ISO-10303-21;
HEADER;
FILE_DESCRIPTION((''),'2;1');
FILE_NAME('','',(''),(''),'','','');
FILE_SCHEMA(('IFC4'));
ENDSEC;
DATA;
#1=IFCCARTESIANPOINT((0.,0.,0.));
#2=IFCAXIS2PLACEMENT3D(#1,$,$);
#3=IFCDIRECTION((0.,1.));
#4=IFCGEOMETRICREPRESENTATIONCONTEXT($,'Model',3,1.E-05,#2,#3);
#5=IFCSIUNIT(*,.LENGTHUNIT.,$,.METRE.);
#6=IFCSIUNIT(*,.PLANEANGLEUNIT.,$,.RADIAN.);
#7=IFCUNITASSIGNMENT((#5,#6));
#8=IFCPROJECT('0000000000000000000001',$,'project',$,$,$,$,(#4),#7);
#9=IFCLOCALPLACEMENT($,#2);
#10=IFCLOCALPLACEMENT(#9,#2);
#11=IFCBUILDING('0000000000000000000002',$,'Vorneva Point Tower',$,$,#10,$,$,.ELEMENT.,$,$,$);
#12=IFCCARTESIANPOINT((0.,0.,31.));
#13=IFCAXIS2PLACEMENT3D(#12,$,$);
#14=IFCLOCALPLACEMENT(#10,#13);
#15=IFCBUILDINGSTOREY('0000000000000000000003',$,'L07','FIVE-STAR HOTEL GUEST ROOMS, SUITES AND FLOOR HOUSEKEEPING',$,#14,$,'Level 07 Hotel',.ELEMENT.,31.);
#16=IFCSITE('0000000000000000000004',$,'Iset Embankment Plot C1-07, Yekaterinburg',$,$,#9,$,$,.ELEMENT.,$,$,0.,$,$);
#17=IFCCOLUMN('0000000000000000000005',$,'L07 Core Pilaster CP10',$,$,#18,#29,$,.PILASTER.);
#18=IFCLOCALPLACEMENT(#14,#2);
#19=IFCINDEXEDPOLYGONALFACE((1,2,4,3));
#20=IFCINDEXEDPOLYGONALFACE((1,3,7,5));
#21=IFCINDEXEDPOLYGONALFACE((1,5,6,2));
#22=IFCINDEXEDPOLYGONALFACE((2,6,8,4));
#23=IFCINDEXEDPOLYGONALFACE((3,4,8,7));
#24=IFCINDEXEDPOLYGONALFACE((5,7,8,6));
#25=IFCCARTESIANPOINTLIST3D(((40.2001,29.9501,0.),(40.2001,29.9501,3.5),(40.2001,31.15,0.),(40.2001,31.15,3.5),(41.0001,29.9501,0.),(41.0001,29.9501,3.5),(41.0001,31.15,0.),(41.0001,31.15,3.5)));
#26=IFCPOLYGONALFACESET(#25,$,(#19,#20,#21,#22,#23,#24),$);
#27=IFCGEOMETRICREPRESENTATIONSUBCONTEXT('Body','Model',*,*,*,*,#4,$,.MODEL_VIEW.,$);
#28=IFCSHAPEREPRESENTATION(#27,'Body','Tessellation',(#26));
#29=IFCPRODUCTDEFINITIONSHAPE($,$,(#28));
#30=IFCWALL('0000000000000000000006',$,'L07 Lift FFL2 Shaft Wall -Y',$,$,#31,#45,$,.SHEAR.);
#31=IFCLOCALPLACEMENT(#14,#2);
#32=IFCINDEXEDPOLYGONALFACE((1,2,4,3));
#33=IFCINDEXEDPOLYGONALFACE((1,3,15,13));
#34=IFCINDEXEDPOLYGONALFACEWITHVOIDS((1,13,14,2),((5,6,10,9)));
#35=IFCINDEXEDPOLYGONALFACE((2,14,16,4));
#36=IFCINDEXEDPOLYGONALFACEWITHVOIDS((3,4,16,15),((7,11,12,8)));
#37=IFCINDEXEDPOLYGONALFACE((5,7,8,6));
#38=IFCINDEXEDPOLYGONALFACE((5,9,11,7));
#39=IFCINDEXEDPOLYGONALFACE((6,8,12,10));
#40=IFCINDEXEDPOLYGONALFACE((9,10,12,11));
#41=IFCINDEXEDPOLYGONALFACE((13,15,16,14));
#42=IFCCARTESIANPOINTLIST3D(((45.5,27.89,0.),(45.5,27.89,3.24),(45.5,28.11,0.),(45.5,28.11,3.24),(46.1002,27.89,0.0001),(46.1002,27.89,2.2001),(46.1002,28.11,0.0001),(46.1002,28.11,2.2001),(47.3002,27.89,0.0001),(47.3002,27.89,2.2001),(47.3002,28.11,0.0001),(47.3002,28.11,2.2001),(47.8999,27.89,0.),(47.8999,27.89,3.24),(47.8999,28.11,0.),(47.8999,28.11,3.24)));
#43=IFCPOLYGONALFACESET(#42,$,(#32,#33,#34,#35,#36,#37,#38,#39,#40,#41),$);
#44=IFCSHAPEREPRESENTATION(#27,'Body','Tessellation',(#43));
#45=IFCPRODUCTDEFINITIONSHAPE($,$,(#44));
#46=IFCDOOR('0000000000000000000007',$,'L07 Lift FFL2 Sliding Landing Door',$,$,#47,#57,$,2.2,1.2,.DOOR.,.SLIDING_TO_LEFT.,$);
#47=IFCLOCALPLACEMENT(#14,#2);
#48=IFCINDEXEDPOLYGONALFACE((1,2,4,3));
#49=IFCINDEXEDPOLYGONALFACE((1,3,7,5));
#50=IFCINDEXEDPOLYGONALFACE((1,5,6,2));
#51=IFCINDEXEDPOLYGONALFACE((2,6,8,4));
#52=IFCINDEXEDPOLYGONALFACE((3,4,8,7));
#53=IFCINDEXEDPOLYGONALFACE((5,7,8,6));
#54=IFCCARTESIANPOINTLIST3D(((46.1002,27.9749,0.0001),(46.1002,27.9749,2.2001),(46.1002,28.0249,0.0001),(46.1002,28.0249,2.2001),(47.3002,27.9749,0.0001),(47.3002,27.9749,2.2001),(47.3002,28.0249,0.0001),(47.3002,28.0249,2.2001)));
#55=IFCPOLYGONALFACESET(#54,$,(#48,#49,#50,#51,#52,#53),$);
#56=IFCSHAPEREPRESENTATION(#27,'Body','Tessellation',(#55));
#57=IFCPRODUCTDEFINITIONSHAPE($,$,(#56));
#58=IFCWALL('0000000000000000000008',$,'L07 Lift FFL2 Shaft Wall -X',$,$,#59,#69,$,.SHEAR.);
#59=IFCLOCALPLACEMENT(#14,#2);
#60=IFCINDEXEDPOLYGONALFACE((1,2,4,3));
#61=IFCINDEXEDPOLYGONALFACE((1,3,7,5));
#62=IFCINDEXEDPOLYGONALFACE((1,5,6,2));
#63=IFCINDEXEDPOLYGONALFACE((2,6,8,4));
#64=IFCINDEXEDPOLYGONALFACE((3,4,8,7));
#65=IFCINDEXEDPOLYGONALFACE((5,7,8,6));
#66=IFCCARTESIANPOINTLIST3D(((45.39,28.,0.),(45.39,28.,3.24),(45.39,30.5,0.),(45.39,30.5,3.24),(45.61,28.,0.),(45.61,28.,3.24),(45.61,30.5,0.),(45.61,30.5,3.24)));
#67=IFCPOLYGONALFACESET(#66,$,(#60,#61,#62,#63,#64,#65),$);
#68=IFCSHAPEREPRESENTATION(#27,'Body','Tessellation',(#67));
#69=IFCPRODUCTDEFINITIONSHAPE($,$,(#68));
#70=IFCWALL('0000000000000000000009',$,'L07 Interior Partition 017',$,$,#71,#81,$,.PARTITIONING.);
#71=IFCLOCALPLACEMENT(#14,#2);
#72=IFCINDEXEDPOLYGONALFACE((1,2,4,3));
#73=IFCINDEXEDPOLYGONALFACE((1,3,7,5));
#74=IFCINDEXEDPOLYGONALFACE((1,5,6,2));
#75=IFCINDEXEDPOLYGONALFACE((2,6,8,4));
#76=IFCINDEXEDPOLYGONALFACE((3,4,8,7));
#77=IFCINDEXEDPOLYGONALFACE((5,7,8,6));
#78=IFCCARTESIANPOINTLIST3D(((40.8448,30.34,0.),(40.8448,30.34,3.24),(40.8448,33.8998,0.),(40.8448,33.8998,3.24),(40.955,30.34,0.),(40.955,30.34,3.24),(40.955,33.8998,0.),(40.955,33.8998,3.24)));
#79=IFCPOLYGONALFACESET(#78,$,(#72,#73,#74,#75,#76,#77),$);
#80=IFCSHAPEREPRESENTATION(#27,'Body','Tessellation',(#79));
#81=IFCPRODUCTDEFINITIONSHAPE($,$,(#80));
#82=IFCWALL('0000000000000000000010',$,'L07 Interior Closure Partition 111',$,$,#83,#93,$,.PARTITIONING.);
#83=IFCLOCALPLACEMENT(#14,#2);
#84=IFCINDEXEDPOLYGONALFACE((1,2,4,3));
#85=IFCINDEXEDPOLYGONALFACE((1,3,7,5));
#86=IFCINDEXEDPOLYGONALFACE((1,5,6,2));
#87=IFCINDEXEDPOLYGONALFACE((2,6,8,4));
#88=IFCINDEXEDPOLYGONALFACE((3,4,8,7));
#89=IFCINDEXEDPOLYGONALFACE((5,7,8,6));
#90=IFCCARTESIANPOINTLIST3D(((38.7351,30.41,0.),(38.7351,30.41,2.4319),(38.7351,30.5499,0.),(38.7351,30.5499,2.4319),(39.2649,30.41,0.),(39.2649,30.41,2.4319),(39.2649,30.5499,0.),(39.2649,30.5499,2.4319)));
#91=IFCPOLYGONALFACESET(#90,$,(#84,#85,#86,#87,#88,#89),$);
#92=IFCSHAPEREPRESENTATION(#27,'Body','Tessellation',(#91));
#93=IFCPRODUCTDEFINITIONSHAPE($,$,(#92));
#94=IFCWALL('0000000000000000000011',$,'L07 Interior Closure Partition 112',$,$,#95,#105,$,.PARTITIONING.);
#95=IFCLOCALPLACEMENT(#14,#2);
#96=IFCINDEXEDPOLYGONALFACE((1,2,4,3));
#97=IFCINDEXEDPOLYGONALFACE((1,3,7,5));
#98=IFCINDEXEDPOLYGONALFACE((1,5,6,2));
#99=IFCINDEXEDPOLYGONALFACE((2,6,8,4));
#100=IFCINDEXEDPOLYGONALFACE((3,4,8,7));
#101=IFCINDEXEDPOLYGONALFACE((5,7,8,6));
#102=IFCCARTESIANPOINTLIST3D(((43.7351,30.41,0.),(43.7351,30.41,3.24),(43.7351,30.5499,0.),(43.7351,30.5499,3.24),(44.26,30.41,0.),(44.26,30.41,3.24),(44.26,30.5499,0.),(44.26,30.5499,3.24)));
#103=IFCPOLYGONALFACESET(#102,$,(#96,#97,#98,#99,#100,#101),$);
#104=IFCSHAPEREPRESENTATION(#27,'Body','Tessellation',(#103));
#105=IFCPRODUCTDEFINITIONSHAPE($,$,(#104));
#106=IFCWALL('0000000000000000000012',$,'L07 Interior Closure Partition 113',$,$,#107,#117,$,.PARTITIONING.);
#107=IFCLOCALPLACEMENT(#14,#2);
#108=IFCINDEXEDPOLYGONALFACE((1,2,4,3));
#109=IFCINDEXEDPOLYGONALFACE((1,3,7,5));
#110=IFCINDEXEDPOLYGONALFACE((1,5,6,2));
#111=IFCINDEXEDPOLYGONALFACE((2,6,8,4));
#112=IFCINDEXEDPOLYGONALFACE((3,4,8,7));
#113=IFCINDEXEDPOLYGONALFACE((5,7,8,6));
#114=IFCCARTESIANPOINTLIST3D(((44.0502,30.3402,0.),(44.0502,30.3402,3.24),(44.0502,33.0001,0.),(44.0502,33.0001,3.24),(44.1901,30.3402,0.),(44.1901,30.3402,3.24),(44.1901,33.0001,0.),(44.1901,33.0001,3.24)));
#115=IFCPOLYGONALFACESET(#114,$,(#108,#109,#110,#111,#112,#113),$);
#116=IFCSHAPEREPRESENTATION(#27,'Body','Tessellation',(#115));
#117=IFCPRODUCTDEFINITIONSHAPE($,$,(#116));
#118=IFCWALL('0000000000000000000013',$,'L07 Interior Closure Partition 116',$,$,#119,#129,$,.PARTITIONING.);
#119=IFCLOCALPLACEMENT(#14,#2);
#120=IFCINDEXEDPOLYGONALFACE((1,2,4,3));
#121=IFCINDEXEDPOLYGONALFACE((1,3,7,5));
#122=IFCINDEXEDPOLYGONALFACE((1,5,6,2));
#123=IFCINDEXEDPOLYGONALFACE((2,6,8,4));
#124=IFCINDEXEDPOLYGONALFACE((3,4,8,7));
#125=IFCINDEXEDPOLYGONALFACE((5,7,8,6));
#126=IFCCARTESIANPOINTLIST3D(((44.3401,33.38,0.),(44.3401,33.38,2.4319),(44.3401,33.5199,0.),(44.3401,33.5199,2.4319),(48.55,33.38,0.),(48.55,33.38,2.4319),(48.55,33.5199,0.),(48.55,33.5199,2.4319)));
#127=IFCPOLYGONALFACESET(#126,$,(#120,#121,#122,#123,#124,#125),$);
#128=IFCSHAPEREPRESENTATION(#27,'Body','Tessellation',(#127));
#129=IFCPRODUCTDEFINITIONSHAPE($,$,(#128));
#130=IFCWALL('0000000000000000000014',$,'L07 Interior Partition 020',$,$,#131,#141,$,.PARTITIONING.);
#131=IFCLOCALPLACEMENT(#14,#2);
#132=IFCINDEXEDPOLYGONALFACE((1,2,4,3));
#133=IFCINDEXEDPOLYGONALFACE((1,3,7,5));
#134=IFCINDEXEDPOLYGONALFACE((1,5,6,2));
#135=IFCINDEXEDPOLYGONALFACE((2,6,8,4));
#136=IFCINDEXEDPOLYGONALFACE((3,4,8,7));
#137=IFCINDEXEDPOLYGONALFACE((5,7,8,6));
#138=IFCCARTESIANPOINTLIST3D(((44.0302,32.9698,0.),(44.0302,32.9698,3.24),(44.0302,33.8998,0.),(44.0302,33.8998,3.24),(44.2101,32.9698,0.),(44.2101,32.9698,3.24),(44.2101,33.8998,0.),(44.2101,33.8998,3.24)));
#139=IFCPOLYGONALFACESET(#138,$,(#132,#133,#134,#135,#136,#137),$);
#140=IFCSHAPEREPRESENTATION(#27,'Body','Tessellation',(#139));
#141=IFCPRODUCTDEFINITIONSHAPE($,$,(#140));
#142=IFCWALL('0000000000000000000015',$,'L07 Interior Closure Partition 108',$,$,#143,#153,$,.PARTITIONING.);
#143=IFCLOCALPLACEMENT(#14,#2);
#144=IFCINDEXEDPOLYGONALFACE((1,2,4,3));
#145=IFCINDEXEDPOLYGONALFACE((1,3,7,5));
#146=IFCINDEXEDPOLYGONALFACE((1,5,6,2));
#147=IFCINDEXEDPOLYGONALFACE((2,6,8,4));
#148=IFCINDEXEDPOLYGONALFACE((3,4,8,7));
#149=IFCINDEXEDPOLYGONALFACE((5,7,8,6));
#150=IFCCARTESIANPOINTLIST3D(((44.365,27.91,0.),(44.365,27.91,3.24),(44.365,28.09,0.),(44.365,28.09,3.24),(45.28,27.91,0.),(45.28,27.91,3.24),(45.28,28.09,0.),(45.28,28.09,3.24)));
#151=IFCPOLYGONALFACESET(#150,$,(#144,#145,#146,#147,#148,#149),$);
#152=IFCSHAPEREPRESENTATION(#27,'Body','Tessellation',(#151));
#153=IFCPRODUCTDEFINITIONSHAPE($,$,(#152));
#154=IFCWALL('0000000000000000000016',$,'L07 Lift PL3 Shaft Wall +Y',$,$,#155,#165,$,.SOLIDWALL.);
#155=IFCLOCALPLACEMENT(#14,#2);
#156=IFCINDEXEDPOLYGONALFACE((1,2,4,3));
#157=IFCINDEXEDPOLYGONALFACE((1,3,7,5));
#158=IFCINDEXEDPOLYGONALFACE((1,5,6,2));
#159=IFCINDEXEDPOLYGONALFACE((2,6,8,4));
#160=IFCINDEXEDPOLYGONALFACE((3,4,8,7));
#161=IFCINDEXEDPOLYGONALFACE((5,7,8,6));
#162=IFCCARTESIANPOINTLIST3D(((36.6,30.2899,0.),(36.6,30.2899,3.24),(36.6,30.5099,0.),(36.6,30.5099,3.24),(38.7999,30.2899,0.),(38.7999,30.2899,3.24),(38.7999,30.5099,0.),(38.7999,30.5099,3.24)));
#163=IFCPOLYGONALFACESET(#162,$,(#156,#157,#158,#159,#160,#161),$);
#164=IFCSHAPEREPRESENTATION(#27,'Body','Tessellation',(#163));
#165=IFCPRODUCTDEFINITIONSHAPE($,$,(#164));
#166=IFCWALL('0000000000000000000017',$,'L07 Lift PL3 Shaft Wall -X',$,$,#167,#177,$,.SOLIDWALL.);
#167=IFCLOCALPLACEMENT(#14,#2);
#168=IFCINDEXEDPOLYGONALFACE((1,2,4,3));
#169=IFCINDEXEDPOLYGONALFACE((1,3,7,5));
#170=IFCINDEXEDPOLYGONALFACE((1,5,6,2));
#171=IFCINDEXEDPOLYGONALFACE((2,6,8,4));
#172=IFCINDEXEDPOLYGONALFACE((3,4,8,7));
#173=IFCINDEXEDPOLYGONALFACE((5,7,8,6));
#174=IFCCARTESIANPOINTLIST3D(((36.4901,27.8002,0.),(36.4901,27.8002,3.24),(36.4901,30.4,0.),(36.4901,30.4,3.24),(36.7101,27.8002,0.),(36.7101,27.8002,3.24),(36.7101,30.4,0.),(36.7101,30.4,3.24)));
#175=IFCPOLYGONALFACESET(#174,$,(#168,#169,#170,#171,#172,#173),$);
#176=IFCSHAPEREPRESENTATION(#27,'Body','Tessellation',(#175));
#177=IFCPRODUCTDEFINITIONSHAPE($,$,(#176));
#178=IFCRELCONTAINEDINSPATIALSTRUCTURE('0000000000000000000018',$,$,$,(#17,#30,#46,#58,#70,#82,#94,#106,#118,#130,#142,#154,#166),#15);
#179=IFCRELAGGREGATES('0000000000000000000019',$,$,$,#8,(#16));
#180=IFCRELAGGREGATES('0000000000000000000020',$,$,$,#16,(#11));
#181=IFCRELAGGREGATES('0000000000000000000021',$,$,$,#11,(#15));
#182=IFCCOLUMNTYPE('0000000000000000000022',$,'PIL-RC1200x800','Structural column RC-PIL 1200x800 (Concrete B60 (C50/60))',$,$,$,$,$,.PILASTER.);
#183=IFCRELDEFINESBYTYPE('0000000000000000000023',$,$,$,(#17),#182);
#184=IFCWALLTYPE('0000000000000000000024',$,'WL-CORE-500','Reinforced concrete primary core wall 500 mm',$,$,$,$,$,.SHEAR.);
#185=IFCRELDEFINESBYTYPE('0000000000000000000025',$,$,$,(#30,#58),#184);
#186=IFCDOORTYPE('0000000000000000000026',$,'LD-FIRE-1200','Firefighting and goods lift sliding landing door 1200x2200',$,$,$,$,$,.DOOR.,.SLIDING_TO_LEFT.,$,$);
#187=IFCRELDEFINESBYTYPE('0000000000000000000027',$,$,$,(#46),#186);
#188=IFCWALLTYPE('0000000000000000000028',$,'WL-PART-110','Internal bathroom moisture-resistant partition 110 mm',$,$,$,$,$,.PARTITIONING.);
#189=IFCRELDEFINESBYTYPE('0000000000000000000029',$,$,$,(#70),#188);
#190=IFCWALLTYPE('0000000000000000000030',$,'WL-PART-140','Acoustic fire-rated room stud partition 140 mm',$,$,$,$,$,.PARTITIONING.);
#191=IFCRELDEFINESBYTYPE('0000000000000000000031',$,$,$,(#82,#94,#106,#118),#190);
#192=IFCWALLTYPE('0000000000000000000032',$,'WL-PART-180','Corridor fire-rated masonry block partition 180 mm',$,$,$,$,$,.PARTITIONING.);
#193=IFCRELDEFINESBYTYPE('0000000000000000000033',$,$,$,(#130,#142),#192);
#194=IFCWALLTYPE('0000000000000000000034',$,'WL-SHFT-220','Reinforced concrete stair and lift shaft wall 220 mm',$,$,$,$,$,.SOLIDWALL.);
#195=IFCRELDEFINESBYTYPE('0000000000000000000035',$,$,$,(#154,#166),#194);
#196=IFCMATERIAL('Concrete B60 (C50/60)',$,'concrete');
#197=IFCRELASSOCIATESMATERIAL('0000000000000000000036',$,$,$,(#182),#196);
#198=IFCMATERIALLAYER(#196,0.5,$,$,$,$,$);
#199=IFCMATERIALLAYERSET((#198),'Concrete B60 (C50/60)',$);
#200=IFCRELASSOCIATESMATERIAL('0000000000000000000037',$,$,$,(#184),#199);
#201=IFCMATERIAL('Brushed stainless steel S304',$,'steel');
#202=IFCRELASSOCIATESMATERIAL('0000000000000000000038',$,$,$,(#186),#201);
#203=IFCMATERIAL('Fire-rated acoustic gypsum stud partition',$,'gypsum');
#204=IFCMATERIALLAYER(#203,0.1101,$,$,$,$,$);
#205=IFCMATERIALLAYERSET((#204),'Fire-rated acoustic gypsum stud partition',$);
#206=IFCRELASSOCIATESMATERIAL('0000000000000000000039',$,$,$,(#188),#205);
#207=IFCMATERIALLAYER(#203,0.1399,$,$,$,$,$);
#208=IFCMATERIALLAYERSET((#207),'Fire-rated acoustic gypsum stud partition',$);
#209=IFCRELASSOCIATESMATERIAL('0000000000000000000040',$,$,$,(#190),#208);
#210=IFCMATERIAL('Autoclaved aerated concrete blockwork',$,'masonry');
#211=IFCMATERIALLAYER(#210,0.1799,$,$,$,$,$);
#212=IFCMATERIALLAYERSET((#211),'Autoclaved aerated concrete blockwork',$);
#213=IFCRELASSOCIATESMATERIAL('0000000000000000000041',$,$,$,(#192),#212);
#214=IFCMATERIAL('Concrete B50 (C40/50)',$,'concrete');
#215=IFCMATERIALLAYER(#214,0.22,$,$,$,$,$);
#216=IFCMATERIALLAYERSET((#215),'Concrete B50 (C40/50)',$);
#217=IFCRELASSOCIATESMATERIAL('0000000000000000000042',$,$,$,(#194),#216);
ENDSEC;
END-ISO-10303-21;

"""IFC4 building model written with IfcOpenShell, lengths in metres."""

from ifc_helpers import new_model, si_unit, direction, frame, frame_2d, origin, origin_2d, place, context, subcontext, project, spatial, rectangle, extrude, material, layer, layer_set, material_profile, profile_set, type_object, element, fill, save


model = new_model("IFC4")

# Units and contexts
model_context = context("Model", 3, precision=1e-05, world=origin(), true_north=direction((0.0, 1.0)))
body_context = subcontext(model_context, "Body", "Model", "MODEL_VIEW")
ifc_project = project(units=[si_unit("LENGTHUNIT", "METRE"), si_unit("PLANEANGLEUNIT", "RADIAN")], contexts=[model_context])

# Site, building, storey
site_placement = place(None, origin())
site = spatial("IfcSite", under=ifc_project, at=site_placement, Name="Iset Embankment Plot C1-07, Yekaterinburg", CompositionType="ELEMENT", RefElevation=0.0)
building_placement = place(site_placement, origin())
building = spatial("IfcBuilding", under=site, at=building_placement, Name="Vorneva Point Tower", CompositionType="ELEMENT")
storey_placement = place(building_placement, frame((0.0, 0.0, 31.0)))
storey = spatial("IfcBuildingStorey", under=building, at=storey_placement, Name="L07", Description="FIVE-STAR HOTEL GUEST ROOMS, SUITES AND FLOOR HOUSEKEEPING", LongName="Level 07 Hotel", CompositionType="ELEMENT", Elevation=31.0)

# Column
ifc_material_1 = material(Name="Concrete B60 (C50/60)", Category="concrete")
ifc_material_profile = material_profile(ifc_material_1, rectangle(XDim=0.8, YDim=1.2, at=origin_2d()), Name="RC-PIL 1200x800")
ifc_profile_set = profile_set([ifc_material_profile], Name="Concrete B60 (C50/60)")
column_type = type_object("IfcColumnType", Name="PIL-RC1200x800", Description="Structural column RC-PIL 1200x800 (Concrete B60 (C50/60))", PredefinedType="PILASTER", material=ifc_profile_set)
column_placement = place(storey_placement, frame((40.6001, 30.55, 0.0), z_axis=(0.0, 0.0, 1.0), x_axis=(1.0, 0.0, 0.0)))
element("IfcColumn", 1, at=column_placement, inside=storey, type_object=column_type, Name="L07 Core Pilaster CP10", PredefinedType="PILASTER", context=body_context, shape_type="SweptSolid", body=[
    extrude(rectangle(XDim=0.8, YDim=1.2, at=origin_2d()), origin(), (0.0, 0.0, 1.0), 3.5),
])

# Wall, opening, door
ifc_layer_1 = layer(ifc_material_1, 0.5)
ifc_layer_set_1 = layer_set([ifc_layer_1], Name="Concrete B60 (C50/60)")
wall_type_1 = type_object("IfcWallType", Name="WL-CORE-500", Description="Reinforced concrete primary core wall 500 mm", PredefinedType="SHEAR", material=ifc_layer_set_1)
wall_1_placement = place(storey_placement, frame((45.5, 28.0, 0.0), z_axis=(0.0, 0.0, 1.0), x_axis=(1.0, 0.0, 0.0)))
wall_1 = element("IfcWall", 2, at=wall_1_placement, inside=storey, type_object=wall_type_1, Name="L07 Lift FFL2 Shaft Wall -Y", PredefinedType="SHEAR", context=body_context, shape_type="SweptSolid", body=[
    extrude(rectangle(XDim=2.3999, YDim=0.22, at=frame_2d((1.2, 0.0))), origin(), (0.0, 0.0, 1.0), 3.24),
])
opening_1_placement = place(wall_1_placement, frame((0.6001, 0.0, 0.0)))
opening_1 = element("IfcOpeningElement", 3, at=opening_1_placement, cuts=wall_1, PredefinedType="OPENING", context=body_context, shape_type="SweptSolid", body=[
    extrude(rectangle(XDim=1.2, YDim=2.2, at=frame_2d((0.6001, 1.1001))), frame((0.0, 0.125, 0.0), z_axis=(0.0, -1.0, 0.0), x_axis=(1.0, 0.0, 0.0)), (0.0, 0.0, 1.0), 0.2498),
])
ifc_material_2 = material(Name="Brushed stainless steel S304", Category="steel")
door_type_1 = type_object("IfcDoorType", Name="LD-FIRE-1200", Description="Firefighting and goods lift sliding landing door 1200x2200", OperationType="SLIDING_TO_LEFT", PredefinedType="DOOR", material=ifc_material_2)
door_1_placement = place(opening_1_placement, origin())
door_1 = element("IfcDoor", 4, at=door_1_placement, inside=storey, type_object=door_type_1, Name="L07 Lift FFL2 Sliding Landing Door", OperationType="SLIDING_TO_LEFT", OverallHeight=2.2, OverallWidth=1.2, PredefinedType="DOOR", context=body_context, shape_type="SweptSolid", body=[
    extrude(rectangle(XDim=1.2, YDim=2.2, at=frame_2d((0.6001, 1.1001))), frame((0.0, 0.0249, 0.0), z_axis=(0.0, -1.0, 0.0), x_axis=(1.0, 0.0, 0.0)), (0.0, 0.0, 1.0), 0.05),
])
fill(opening_1, door_1)

# Walls
wall_2_placement = place(storey_placement, frame((45.5, 30.5, 0.0), z_axis=(0.0, 0.0, 1.0), x_axis=(0.0, -1.0, 0.0)))
element("IfcWall", 5, at=wall_2_placement, inside=storey, type_object=wall_type_1, Name="L07 Lift FFL2 Shaft Wall -X", PredefinedType="SHEAR", context=body_context, shape_type="SweptSolid", body=[
    extrude(rectangle(XDim=2.5, YDim=0.22, at=frame_2d((1.25, 0.0))), origin(), (0.0, 0.0, 1.0), 3.24),
])
ifc_material_3 = material(Name="Fire-rated acoustic gypsum stud partition", Category="gypsum")
ifc_layer_2 = layer(ifc_material_3, 0.1101)
ifc_layer_set_2 = layer_set([ifc_layer_2], Name="Fire-rated acoustic gypsum stud partition")
wall_type_2 = type_object("IfcWallType", Name="WL-PART-110", Description="Internal bathroom moisture-resistant partition 110 mm", PredefinedType="PARTITIONING", material=ifc_layer_set_2)
wall_3_placement = place(storey_placement, frame((40.8999, 30.3401, 0.0), z_axis=(0.0, 0.0, 1.0), x_axis=(0.0, 1.0, 0.0)))
element("IfcWall", 6, at=wall_3_placement, inside=storey, type_object=wall_type_2, Name="L07 Interior Partition 017", PredefinedType="PARTITIONING", context=body_context, shape_type="SweptSolid", body=[
    extrude(rectangle(XDim=3.5598, YDim=0.1101, at=frame_2d((1.7798, 0.0))), origin(), (0.0, 0.0, 1.0), 3.24),
])
ifc_layer_3 = layer(ifc_material_3, 0.1399)
ifc_layer_set_3 = layer_set([ifc_layer_3], Name="Fire-rated acoustic gypsum stud partition")
wall_type_3 = type_object("IfcWallType", Name="WL-PART-140", Description="Acoustic fire-rated room stud partition 140 mm", PredefinedType="PARTITIONING", material=ifc_layer_set_3)
wall_4_placement = place(storey_placement, frame((38.7351, 30.48, 0.0), z_axis=(0.0, 0.0, 1.0), x_axis=(1.0, 0.0, 0.0)))
element("IfcWall", 7, at=wall_4_placement, inside=storey, type_object=wall_type_3, Name="L07 Interior Closure Partition 111", PredefinedType="PARTITIONING", context=body_context, shape_type="SweptSolid", body=[
    extrude(rectangle(XDim=0.5298, YDim=0.1399, at=frame_2d((0.2649, 0.0))), origin(), (0.0, 0.0, 1.0), 2.4319),
])
wall_5_placement = place(storey_placement, frame((43.7351, 30.48, 0.0), z_axis=(0.0, 0.0, 1.0), x_axis=(1.0, 0.0, 0.0)))
element("IfcWall", 8, at=wall_5_placement, inside=storey, type_object=wall_type_3, Name="L07 Interior Closure Partition 112", PredefinedType="PARTITIONING", context=body_context, shape_type="SweptSolid", body=[
    extrude(rectangle(XDim=0.5249, YDim=0.1399, at=frame_2d((0.2625, 0.0))), origin(), (0.0, 0.0, 1.0), 3.24),
])
wall_6_placement = place(storey_placement, frame((44.1201, 30.3401, 0.0), z_axis=(0.0, 0.0, 1.0), x_axis=(0.0, 1.0, 0.0)))
element("IfcWall", 9, at=wall_6_placement, inside=storey, type_object=wall_type_3, Name="L07 Interior Closure Partition 113", PredefinedType="PARTITIONING", context=body_context, shape_type="SweptSolid", body=[
    extrude(rectangle(XDim=2.6599, YDim=0.1399, at=frame_2d((1.3301, 0.0))), origin(), (0.0, 0.0, 1.0), 3.24),
])
wall_7_placement = place(storey_placement, frame((44.3401, 33.45, 0.0), z_axis=(0.0, 0.0, 1.0), x_axis=(1.0, 0.0, 0.0)))
element("IfcWall", 10, at=wall_7_placement, inside=storey, type_object=wall_type_3, Name="L07 Interior Closure Partition 116", PredefinedType="PARTITIONING", context=body_context, shape_type="SweptSolid", body=[
    extrude(rectangle(XDim=4.21, YDim=0.1399, at=frame_2d((2.105, 0.0))), origin(), (0.0, 0.0, 1.0), 2.4319),
])

# Shared definitions
ifc_material_4 = material(Name="Autoclaved aerated concrete blockwork", Category="masonry")
ifc_layer_4 = layer(ifc_material_4, 0.1799)
ifc_layer_set_4 = layer_set([ifc_layer_4], Name="Autoclaved aerated concrete blockwork")
wall_type_4 = type_object("IfcWallType", Name="WL-PART-180", Description="Corridor fire-rated masonry block partition 180 mm", PredefinedType="PARTITIONING", material=ifc_layer_set_4)

# Walls
wall_8_placement = place(storey_placement, frame((44.1201, 32.97, 0.0), z_axis=(0.0, 0.0, 1.0), x_axis=(0.0, 1.0, 0.0)))
element("IfcWall", 11, at=wall_8_placement, inside=storey, type_object=wall_type_4, Name="L07 Interior Partition 020", PredefinedType="PARTITIONING", context=body_context, shape_type="SweptSolid", body=[
    extrude(rectangle(XDim=0.9299, YDim=0.1799, at=frame_2d((0.4648, 0.0))), origin(), (0.0, 0.0, 1.0), 3.24),
])
wall_9_placement = place(storey_placement, frame((45.28, 28.0, 0.0), z_axis=(0.0, 0.0, 1.0), x_axis=(-1.0, 0.0, 0.0)))
element("IfcWall", 12, at=wall_9_placement, inside=storey, type_object=wall_type_4, Name="L07 Interior Closure Partition 108", PredefinedType="PARTITIONING", context=body_context, shape_type="SweptSolid", body=[
    extrude(rectangle(XDim=0.915, YDim=0.1799, at=frame_2d((0.4575, 0.0))), origin(), (0.0, 0.0, 1.0), 3.24),
])
ifc_material_5 = material(Name="Concrete B50 (C40/50)", Category="concrete")
ifc_layer_5 = layer(ifc_material_5, 0.22)
ifc_layer_set_5 = layer_set([ifc_layer_5], Name="Concrete B50 (C40/50)")
wall_type_5 = type_object("IfcWallType", Name="WL-SHFT-220", Description="Reinforced concrete stair and lift shaft wall 220 mm", PredefinedType="SOLIDWALL", material=ifc_layer_set_5)
wall_10_placement = place(storey_placement, frame((38.8, 30.3999, 0.0), z_axis=(0.0, 0.0, 1.0), x_axis=(-1.0, 0.0, 0.0)))
element("IfcWall", 13, at=wall_10_placement, inside=storey, type_object=wall_type_5, Name="L07 Lift PL3 Shaft Wall +Y", PredefinedType="SOLIDWALL", context=body_context, shape_type="SweptSolid", body=[
    extrude(rectangle(XDim=2.2, YDim=0.22, at=frame_2d((1.1001, 0.0))), origin(), (0.0, 0.0, 1.0), 3.24),
])
wall_11_placement = place(storey_placement, frame((36.6001, 30.3999, 0.0), z_axis=(0.0, 0.0, 1.0), x_axis=(0.0, -1.0, 0.0)))
element("IfcWall", 14, at=wall_11_placement, inside=storey, type_object=wall_type_5, Name="L07 Lift PL3 Shaft Wall -X", PredefinedType="SOLIDWALL", context=body_context, shape_type="SweptSolid", body=[
    extrude(rectangle(XDim=2.5999, YDim=0.22, at=frame_2d((1.2998, 0.0))), origin(), (0.0, 0.0, 1.0), 3.24),
])

save(model, "model.ifc")
